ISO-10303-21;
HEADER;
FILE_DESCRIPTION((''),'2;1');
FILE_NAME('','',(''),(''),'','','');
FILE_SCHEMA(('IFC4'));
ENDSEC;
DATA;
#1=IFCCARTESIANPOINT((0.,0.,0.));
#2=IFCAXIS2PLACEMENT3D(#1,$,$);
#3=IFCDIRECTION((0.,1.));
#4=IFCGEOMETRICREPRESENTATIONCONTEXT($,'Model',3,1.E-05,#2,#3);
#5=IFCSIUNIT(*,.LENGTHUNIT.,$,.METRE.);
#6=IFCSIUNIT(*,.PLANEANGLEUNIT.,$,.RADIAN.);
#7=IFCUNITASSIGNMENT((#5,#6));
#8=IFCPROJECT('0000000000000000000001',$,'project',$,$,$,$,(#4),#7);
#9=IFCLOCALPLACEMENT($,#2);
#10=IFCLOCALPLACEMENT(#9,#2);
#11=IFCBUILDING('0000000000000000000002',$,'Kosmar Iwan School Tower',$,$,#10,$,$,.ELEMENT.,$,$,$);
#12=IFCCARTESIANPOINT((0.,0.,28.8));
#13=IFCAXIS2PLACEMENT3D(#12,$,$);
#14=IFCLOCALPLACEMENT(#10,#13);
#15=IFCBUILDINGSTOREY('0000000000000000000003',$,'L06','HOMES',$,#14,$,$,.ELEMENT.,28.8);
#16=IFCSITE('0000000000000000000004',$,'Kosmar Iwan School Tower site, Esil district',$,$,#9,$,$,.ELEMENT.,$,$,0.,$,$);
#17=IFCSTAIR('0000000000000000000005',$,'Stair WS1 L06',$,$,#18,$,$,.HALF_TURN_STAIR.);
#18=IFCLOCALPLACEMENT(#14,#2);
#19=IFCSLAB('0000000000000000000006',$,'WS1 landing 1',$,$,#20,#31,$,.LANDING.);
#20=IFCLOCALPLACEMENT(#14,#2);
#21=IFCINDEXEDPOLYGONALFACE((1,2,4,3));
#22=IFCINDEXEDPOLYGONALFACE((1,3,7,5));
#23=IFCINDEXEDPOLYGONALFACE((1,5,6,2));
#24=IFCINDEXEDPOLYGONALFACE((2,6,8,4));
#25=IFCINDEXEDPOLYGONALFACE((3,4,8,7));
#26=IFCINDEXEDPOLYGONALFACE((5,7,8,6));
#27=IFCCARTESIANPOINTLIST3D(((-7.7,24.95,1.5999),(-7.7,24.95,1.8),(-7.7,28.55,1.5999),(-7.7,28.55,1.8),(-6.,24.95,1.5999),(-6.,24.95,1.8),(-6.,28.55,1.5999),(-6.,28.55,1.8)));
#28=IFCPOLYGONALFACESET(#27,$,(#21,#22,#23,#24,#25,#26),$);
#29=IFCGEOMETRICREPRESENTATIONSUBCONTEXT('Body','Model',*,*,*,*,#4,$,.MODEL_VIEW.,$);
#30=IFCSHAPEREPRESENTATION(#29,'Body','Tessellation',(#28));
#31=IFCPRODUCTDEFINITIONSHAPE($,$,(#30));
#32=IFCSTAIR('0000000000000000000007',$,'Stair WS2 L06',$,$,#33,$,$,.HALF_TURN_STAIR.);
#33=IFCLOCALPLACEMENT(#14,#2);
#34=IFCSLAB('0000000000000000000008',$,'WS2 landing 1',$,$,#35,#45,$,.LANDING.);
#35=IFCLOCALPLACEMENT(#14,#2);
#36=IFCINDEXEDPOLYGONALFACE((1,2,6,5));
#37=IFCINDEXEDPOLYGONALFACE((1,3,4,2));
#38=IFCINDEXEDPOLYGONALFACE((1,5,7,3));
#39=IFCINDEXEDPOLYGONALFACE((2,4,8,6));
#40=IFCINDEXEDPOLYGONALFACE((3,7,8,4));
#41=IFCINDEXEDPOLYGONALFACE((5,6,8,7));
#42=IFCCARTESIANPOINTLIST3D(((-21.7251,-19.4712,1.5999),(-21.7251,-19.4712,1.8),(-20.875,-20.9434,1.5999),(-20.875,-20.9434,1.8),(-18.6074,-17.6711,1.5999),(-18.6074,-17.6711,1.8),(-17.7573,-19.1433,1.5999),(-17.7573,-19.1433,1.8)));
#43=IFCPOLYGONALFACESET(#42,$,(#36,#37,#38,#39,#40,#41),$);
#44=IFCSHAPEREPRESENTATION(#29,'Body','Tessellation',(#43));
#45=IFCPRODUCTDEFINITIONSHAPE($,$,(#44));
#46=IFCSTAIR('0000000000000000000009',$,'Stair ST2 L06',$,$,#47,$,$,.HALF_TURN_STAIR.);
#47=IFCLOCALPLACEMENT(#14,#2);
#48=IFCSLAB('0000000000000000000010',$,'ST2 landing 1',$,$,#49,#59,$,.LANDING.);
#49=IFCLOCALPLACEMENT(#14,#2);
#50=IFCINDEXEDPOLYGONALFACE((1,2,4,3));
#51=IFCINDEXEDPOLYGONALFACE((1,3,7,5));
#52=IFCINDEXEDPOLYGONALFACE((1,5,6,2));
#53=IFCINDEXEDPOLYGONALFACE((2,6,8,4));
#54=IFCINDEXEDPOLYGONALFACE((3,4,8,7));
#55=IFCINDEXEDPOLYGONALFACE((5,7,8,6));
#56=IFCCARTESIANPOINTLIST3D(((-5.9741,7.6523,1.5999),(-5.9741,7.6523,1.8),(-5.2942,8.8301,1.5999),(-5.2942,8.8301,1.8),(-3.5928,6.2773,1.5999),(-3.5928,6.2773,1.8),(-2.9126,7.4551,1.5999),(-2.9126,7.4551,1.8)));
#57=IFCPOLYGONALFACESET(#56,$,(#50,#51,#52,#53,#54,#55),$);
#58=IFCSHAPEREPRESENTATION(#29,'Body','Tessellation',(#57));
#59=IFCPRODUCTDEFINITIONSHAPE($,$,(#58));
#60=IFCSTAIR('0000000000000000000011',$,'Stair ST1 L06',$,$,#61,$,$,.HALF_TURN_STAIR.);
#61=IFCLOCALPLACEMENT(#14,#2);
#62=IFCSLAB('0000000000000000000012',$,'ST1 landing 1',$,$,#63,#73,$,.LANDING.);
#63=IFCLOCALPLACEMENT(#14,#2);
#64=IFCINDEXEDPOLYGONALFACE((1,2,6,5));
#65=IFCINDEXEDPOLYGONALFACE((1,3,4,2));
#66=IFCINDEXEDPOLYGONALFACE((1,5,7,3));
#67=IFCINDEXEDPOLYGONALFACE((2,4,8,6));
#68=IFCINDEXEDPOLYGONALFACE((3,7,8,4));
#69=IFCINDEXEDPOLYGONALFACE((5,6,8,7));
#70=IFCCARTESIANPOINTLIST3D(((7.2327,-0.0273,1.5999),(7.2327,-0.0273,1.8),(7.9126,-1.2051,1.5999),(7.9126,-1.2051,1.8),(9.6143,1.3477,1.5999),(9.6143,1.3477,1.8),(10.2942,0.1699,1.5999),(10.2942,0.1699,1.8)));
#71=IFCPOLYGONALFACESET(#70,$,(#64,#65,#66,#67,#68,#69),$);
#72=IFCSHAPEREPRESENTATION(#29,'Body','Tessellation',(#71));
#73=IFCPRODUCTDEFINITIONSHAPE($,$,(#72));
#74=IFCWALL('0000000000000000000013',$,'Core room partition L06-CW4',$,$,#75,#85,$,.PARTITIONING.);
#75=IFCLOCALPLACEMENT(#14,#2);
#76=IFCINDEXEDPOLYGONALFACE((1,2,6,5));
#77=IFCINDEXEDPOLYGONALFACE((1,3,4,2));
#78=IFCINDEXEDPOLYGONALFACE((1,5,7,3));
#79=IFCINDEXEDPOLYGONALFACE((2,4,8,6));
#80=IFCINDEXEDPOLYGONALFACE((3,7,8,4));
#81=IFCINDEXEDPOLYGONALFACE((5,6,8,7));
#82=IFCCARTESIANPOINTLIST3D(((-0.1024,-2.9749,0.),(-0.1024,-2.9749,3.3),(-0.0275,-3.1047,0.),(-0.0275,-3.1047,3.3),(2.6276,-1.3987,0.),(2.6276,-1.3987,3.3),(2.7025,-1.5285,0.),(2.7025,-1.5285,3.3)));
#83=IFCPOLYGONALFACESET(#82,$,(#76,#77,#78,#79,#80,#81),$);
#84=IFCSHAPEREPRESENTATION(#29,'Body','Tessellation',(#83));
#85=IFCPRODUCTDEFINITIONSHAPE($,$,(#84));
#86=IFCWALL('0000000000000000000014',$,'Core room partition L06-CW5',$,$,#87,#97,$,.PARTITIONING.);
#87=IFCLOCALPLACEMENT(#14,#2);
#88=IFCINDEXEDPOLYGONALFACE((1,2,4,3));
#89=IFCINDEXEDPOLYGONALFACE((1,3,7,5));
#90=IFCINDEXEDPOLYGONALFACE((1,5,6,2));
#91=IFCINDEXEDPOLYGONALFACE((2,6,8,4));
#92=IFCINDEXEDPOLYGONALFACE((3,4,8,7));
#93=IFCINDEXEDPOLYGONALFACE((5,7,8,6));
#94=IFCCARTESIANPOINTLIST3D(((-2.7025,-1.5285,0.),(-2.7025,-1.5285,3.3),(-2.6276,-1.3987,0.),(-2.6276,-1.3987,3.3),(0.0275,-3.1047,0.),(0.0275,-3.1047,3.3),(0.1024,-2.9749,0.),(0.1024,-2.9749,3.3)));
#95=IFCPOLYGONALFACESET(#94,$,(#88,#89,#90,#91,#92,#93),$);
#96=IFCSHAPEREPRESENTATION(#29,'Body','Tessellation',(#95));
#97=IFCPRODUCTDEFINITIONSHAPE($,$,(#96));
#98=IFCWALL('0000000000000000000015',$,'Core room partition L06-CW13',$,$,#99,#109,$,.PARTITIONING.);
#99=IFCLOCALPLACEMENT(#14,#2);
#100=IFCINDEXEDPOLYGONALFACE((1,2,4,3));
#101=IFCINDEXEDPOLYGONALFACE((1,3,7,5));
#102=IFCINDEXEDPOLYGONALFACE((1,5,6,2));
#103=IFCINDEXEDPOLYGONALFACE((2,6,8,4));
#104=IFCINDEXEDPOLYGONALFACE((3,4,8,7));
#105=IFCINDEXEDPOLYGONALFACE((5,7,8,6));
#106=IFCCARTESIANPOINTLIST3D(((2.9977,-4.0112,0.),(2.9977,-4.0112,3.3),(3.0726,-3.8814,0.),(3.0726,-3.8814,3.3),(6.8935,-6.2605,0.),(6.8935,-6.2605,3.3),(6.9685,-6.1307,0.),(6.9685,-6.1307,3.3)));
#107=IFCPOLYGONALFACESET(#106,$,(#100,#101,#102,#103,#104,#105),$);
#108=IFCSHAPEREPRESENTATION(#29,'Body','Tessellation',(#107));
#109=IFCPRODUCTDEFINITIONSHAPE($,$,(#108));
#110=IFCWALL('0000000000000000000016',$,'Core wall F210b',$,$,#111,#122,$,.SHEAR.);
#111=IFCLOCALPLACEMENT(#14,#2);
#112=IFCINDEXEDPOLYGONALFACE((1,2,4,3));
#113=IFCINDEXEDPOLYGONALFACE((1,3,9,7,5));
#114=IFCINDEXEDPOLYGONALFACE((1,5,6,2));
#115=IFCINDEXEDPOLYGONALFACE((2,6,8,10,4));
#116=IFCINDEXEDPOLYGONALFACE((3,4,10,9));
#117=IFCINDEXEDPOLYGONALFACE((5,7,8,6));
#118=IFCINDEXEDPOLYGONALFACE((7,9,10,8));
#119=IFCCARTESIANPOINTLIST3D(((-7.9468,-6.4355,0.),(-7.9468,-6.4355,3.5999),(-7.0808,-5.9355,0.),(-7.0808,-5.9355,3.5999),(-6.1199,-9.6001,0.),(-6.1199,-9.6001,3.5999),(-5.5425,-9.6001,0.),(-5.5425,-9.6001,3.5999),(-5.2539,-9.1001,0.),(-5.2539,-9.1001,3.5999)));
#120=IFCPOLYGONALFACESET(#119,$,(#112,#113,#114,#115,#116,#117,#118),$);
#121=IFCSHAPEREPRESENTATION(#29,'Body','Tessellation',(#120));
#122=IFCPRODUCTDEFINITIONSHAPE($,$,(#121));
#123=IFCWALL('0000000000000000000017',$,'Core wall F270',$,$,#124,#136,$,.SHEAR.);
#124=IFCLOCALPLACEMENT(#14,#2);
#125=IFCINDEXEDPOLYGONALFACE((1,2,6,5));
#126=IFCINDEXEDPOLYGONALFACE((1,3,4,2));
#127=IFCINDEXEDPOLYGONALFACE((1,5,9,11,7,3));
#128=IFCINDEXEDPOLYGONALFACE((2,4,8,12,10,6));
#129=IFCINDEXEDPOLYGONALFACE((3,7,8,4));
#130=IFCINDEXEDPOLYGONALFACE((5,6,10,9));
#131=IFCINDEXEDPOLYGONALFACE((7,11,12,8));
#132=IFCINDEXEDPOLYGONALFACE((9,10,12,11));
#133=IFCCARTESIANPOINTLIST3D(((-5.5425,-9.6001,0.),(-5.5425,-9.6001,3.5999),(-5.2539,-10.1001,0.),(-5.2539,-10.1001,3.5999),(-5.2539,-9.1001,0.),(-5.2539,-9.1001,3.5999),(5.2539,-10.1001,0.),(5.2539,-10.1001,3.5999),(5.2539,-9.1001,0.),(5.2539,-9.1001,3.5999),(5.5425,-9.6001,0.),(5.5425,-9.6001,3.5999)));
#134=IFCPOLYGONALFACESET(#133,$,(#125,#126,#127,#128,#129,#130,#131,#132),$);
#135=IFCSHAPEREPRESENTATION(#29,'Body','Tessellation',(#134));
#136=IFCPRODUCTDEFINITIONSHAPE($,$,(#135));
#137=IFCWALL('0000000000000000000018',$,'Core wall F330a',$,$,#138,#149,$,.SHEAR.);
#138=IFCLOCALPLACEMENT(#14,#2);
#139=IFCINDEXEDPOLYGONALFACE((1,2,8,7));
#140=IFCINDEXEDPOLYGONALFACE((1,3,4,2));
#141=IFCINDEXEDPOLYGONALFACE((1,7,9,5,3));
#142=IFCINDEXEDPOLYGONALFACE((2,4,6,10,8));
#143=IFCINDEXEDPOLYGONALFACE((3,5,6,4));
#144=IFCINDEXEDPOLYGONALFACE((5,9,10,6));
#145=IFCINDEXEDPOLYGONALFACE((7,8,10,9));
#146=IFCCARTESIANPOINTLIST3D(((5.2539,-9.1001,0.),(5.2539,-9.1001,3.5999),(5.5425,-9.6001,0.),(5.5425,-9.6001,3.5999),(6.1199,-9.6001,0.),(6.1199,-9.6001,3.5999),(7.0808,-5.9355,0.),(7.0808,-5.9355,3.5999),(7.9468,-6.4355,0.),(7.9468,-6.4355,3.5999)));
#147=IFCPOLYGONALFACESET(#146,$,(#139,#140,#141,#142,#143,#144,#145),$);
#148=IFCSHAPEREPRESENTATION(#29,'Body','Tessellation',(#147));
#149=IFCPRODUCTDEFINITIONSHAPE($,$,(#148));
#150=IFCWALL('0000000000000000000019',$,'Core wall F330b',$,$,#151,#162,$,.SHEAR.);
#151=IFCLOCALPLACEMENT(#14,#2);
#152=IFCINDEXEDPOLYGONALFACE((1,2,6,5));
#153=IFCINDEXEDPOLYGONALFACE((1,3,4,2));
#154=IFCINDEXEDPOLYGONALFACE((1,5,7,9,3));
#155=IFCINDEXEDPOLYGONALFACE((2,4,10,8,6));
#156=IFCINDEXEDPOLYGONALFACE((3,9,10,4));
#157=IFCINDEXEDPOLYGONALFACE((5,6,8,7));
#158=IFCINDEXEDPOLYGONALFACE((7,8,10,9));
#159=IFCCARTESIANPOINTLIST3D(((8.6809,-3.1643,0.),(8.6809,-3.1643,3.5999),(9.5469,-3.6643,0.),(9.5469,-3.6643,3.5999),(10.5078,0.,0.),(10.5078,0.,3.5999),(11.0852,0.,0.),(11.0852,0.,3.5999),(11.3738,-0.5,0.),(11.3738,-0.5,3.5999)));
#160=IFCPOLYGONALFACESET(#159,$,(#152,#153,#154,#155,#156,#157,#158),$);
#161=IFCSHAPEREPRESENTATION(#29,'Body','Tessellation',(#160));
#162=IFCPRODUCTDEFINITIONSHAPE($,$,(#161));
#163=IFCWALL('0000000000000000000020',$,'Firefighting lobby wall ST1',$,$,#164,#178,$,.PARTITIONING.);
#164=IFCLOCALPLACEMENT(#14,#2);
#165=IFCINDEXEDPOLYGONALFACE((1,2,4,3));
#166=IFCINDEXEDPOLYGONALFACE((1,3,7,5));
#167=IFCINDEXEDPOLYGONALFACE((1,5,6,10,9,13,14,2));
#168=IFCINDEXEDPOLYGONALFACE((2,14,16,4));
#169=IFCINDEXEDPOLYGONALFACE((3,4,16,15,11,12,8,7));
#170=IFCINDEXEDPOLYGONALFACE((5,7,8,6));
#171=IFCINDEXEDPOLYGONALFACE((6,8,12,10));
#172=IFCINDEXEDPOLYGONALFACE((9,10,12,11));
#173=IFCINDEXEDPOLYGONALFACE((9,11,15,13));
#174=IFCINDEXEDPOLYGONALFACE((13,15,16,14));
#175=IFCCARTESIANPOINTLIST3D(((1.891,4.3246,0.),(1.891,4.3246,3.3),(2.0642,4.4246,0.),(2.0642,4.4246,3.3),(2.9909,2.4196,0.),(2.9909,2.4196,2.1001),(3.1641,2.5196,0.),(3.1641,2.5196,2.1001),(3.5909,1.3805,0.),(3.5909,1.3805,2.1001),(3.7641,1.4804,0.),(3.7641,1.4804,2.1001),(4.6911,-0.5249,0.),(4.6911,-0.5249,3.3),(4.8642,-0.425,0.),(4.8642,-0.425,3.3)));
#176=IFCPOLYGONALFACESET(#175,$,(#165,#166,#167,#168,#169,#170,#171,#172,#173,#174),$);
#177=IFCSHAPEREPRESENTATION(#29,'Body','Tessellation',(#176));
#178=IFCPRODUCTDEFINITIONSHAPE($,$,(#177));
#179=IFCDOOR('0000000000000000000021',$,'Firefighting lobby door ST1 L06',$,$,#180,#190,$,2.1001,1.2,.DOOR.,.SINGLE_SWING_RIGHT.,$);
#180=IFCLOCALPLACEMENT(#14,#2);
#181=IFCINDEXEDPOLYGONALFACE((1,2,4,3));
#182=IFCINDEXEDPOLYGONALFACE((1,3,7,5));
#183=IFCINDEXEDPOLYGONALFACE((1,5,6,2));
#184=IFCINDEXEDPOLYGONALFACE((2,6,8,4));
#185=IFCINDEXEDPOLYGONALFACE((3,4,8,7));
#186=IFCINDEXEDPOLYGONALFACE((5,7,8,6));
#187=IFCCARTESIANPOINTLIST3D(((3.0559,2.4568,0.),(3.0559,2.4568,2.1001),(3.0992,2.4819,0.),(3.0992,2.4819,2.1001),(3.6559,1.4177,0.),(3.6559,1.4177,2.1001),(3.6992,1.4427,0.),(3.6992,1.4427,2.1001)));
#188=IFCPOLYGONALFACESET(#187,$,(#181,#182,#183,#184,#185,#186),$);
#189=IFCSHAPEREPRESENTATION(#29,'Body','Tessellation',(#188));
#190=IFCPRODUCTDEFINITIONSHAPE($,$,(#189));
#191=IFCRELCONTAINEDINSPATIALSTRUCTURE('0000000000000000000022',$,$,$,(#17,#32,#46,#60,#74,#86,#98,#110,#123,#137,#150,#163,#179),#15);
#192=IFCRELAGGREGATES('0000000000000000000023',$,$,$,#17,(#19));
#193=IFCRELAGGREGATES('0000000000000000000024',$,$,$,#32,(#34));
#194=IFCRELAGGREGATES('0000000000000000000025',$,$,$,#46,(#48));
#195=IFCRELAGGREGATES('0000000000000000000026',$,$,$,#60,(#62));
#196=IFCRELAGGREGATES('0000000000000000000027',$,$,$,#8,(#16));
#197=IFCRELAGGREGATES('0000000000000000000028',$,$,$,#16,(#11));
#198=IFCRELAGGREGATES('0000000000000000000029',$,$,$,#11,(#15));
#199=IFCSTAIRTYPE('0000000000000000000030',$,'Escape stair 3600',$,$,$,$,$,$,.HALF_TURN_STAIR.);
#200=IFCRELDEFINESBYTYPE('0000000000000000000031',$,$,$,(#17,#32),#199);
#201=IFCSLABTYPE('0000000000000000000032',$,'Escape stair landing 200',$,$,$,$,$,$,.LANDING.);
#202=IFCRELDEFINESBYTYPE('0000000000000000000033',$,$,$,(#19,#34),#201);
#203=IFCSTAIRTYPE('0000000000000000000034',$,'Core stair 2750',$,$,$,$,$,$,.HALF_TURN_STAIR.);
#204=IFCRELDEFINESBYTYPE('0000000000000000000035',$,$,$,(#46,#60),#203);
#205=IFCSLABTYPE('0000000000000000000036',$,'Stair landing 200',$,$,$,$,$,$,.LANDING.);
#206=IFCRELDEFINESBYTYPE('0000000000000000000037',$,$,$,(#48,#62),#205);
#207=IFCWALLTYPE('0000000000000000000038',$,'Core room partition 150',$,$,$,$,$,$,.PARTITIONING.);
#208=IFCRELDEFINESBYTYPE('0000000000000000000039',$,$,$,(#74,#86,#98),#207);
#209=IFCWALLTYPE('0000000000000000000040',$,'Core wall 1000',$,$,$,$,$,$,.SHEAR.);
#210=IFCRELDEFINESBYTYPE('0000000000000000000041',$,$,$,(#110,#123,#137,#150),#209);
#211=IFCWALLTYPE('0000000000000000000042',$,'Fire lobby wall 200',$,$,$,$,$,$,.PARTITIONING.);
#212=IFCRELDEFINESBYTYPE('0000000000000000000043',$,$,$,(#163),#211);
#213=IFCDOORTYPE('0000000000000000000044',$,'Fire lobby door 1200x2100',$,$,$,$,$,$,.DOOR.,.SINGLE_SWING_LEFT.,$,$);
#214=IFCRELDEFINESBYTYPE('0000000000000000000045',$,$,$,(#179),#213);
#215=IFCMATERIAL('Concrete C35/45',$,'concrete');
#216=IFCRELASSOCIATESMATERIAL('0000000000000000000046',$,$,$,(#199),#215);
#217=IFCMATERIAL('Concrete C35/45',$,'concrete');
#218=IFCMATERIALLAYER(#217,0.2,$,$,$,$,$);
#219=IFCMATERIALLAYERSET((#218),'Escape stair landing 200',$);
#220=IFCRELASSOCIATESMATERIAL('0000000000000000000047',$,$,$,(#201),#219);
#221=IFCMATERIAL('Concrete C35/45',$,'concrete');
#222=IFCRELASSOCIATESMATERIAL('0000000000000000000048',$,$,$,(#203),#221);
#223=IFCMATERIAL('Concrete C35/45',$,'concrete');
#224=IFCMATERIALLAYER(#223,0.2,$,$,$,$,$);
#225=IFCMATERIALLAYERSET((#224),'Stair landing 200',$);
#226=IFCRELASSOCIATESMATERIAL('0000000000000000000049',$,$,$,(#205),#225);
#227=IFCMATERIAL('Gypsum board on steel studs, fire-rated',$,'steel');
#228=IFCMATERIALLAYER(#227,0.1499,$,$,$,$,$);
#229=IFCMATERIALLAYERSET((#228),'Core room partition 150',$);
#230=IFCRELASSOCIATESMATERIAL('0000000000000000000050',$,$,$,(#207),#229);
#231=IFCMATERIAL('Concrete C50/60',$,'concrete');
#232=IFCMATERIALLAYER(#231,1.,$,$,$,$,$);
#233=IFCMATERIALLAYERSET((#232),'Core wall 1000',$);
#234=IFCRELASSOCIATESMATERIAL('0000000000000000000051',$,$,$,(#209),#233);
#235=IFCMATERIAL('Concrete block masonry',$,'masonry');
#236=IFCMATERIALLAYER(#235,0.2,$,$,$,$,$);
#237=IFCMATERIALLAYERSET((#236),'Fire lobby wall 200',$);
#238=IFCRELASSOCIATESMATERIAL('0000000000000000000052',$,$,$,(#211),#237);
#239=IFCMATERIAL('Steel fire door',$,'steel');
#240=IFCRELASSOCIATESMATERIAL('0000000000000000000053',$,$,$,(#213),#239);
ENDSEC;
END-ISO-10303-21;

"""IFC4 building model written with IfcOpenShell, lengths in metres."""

from ifc_helpers import new_model, si_unit, direction, frame, frame_2d, origin, place, context, subcontext, project, spatial, polyline, rectangle, outline, extrude, material, layer, layer_set, type_object, element, fill, aggregate, save


model = new_model("IFC4")

# Units and contexts
model_context = context("Model", 3, precision=1e-05, world=origin(), true_north=direction((0.0, 1.0)))
body_context = subcontext(model_context, "Body", "Model", "MODEL_VIEW")
ifc_project = project(units=[si_unit("LENGTHUNIT", "METRE"), si_unit("PLANEANGLEUNIT", "RADIAN")], contexts=[model_context])

# Site, building, storey
site_placement = place(None, origin())
site = spatial("IfcSite", under=ifc_project, at=site_placement, Name="Kosmar Iwan School Tower site, Esil district", CompositionType="ELEMENT", RefElevation=0.0)
building_placement = place(site_placement, origin())
building = spatial("IfcBuilding", under=site, at=building_placement, Name="Kosmar Iwan School Tower", CompositionType="ELEMENT")
storey_placement = place(building_placement, frame((0.0, 0.0, 28.8)))
storey = spatial("IfcBuildingStorey", under=building, at=storey_placement, Name="L06", Description="HOMES", CompositionType="ELEMENT", Elevation=28.8)

# Stairs, slabs
ifc_material_1 = material(Name="Concrete C35/45", Category="concrete")
stair_type_1 = type_object("IfcStairType", Name="Escape stair 3600", PredefinedType="HALF_TURN_STAIR", material=ifc_material_1)
stair_1_placement = place(storey_placement, origin())
stair_1 = element("IfcStair", 1, at=stair_1_placement, inside=storey, type_object=stair_type_1, Name="Stair WS1 L06", PredefinedType="HALF_TURN_STAIR")
ifc_material_2 = material(Name="Concrete C35/45", Category="concrete")
ifc_layer_1 = layer(ifc_material_2, 0.2)
ifc_layer_set_1 = layer_set([ifc_layer_1], Name="Escape stair landing 200")
slab_type_1 = type_object("IfcSlabType", Name="Escape stair landing 200", PredefinedType="LANDING", material=ifc_layer_set_1)
slab_1_placement = place(storey_placement, frame((0.0, 0.0, 1.5999)))
slab_1 = element("IfcSlab", 2, at=slab_1_placement, type_object=slab_type_1, Name="WS1 landing 1", PredefinedType="LANDING", context=body_context, shape_type="SweptSolid", body=[
    extrude(outline(polyline([(-6.0, 24.95), (-6.0, 28.55), (-7.7, 28.55), (-7.7, 24.95), (-6.0, 24.95)])), origin(), (0.0, 0.0, 1.0), 0.2002),
])
aggregate(stair_1, [slab_1])
stair_2_placement = place(storey_placement, origin())
stair_2 = element("IfcStair", 3, at=stair_2_placement, inside=storey, type_object=stair_type_1, Name="Stair WS2 L06", PredefinedType="HALF_TURN_STAIR")
slab_2_placement = place(storey_placement, frame((0.0, 0.0, 1.5999)))
slab_2 = element("IfcSlab", 4, at=slab_2_placement, type_object=slab_type_1, Name="WS2 landing 1", PredefinedType="LANDING", context=body_context, shape_type="SweptSolid", body=[
    extrude(outline(polyline([(-18.6074, -17.6711), (-21.7251, -19.4712), (-20.875, -20.9434), (-17.7573, -19.1433), (-18.6074, -17.6711)])), origin(), (0.0, 0.0, 1.0), 0.2002),
])
aggregate(stair_2, [slab_2])
ifc_material_3 = material(Name="Concrete C35/45", Category="concrete")
stair_type_2 = type_object("IfcStairType", Name="Core stair 2750", PredefinedType="HALF_TURN_STAIR", material=ifc_material_3)
stair_3_placement = place(storey_placement, origin())
stair_3 = element("IfcStair", 5, at=stair_3_placement, inside=storey, type_object=stair_type_2, Name="Stair ST2 L06", PredefinedType="HALF_TURN_STAIR")
ifc_material_4 = material(Name="Concrete C35/45", Category="concrete")
ifc_layer_2 = layer(ifc_material_4, 0.2)
ifc_layer_set_2 = layer_set([ifc_layer_2], Name="Stair landing 200")
slab_type_2 = type_object("IfcSlabType", Name="Stair landing 200", PredefinedType="LANDING", material=ifc_layer_set_2)
slab_3_placement = place(storey_placement, frame((0.0, 0.0, 1.5999)))
slab_3 = element("IfcSlab", 6, at=slab_3_placement, type_object=slab_type_2, Name="ST2 landing 1", PredefinedType="LANDING", context=body_context, shape_type="SweptSolid", body=[
    extrude(outline(polyline([(-2.9126, 7.4551), (-5.2942, 8.8301), (-5.9741, 7.6523), (-3.5928, 6.2773), (-2.9126, 7.4551)])), origin(), (0.0, 0.0, 1.0), 0.2002),
])
aggregate(stair_3, [slab_3])
stair_4_placement = place(storey_placement, origin())
stair_4 = element("IfcStair", 7, at=stair_4_placement, inside=storey, type_object=stair_type_2, Name="Stair ST1 L06", PredefinedType="HALF_TURN_STAIR")
slab_4_placement = place(storey_placement, frame((0.0, 0.0, 1.5999)))
slab_4 = element("IfcSlab", 8, at=slab_4_placement, type_object=slab_type_2, Name="ST1 landing 1", PredefinedType="LANDING", context=body_context, shape_type="SweptSolid", body=[
    extrude(outline(polyline([(7.9126, -1.2051), (10.2942, 0.1699), (9.6143, 1.3477), (7.2327, -0.0273), (7.9126, -1.2051)])), origin(), (0.0, 0.0, 1.0), 0.2002),
])
aggregate(stair_4, [slab_4])

# Walls
ifc_material_5 = material(Name="Gypsum board on steel studs, fire-rated", Category="steel")
ifc_layer_3 = layer(ifc_material_5, 0.1499)
ifc_layer_set_3 = layer_set([ifc_layer_3], Name="Core room partition 150")
wall_type_1 = type_object("IfcWallType", Name="Core room partition 150", PredefinedType="PARTITIONING", material=ifc_layer_set_3)
for number, where, z_axis, x_axis, name in (
    (9, (2.665, -1.4636, 0.0), (0.0, 0.0, 1.0), (-0.866023, -0.500004, 0.0), "Core room partition L06-CW4"),
    (10, (0.0649, -3.0398, 0.0), (0.0, 0.0, 1.0), (-0.866023, 0.500004, 0.0), "Core room partition L06-CW5"),
):
    element("IfcWall", number, at=place(storey_placement, frame(where, z_axis=z_axis, x_axis=x_axis)), inside=storey, type_object=wall_type_1, Name=name, PredefinedType="PARTITIONING", context=body_context, shape_type="SweptSolid", body=[
        extrude(rectangle(XDim=3.1523, YDim=0.1499, at=frame_2d((1.5762, 0.0))), origin(), (0.0, 0.0, 1.0), 3.3),
    ])
wall_1_placement = place(storey_placement, frame((3.0352, -3.9463, 0.0), z_axis=(0.0, 0.0, 1.0), x_axis=(0.86602, -0.500009, 0.0)))
element("IfcWall", 11, at=wall_1_placement, inside=storey, type_object=wall_type_1, Name="Core room partition L06-CW13", PredefinedType="PARTITIONING", context=body_context, shape_type="SweptSolid", body=[
    extrude(rectangle(XDim=4.4985, YDim=0.1499, at=frame_2d((2.2493, 0.0))), origin(), (0.0, 0.0, 1.0), 3.3),
])
ifc_material_6 = material(Name="Concrete C50/60", Category="concrete")
ifc_layer_4 = layer(ifc_material_6, 1.0)
ifc_layer_set_4 = layer_set([ifc_layer_4], Name="Core wall 1000")
wall_type_2 = type_object("IfcWallType", Name="Core wall 1000", PredefinedType="SHEAR", material=ifc_layer_set_4)
wall_2_placement = place(storey_placement, origin())
element("IfcWall", 12, at=wall_2_placement, inside=storey, type_object=wall_type_2, Name="Core wall F210b", PredefinedType="SHEAR", context=body_context, shape_type="SweptSolid", body=[
    extrude(outline(polyline([(-6.1199, -9.6001), (-5.5425, -9.6001), (-5.2539, -9.1001), (-7.0808, -5.9355), (-7.9468, -6.4355), (-6.1199, -9.6001)])), origin(), (0.0, 0.0, 1.0), 3.5999),
])
wall_3_placement = place(storey_placement, origin())
element("IfcWall", 13, at=wall_3_placement, inside=storey, type_object=wall_type_2, Name="Core wall F270", PredefinedType="SHEAR", context=body_context, shape_type="SweptSolid", body=[
    extrude(outline(polyline([(-5.2539, -10.1001), (5.2539, -10.1001), (5.5425, -9.6001), (5.2539, -9.1001), (-5.2539, -9.1001), (-5.5425, -9.6001), (-5.2539, -10.1001)])), origin(), (0.0, 0.0, 1.0), 3.5999),
])
wall_4_placement = place(storey_placement, origin())
element("IfcWall", 14, at=wall_4_placement, inside=storey, type_object=wall_type_2, Name="Core wall F330a", PredefinedType="SHEAR", context=body_context, shape_type="SweptSolid", body=[
    extrude(outline(polyline([(5.5425, -9.6001), (6.1199, -9.6001), (7.9468, -6.4355), (7.0808, -5.9355), (5.2539, -9.1001), (5.5425, -9.6001)])), origin(), (0.0, 0.0, 1.0), 3.5999),
])
wall_5_placement = place(storey_placement, origin())
element("IfcWall", 15, at=wall_5_placement, inside=storey, type_object=wall_type_2, Name="Core wall F330b", PredefinedType="SHEAR", context=body_context, shape_type="SweptSolid", body=[
    extrude(outline(polyline([(9.5469, -3.6643), (11.3738, -0.5), (11.0852, 0.0), (10.5078, 0.0), (8.6809, -3.1643), (9.5469, -3.6643)])), origin(), (0.0, 0.0, 1.0), 3.5999),
])

# Wall, opening, door
ifc_material_7 = material(Name="Concrete block masonry", Category="masonry")
ifc_layer_5 = layer(ifc_material_7, 0.2)
ifc_layer_set_5 = layer_set([ifc_layer_5], Name="Fire lobby wall 200")
wall_type_3 = type_object("IfcWallType", Name="Fire lobby wall 200", PredefinedType="PARTITIONING", material=ifc_layer_set_5)
wall_6_placement = place(storey_placement, frame((4.7776, -0.4749, 0.0), z_axis=(0.0, 0.0, 1.0), x_axis=(-0.500017, 0.866016, 0.0)))
wall_6 = element("IfcWall", 16, at=wall_6_placement, inside=storey, type_object=wall_type_3, Name="Firefighting lobby wall ST1", PredefinedType="PARTITIONING", context=body_context, shape_type="SweptSolid", body=[
    extrude(rectangle(XDim=5.5999, YDim=0.2, at=frame_2d((2.7998, 0.0))), origin(), (0.0, 0.0, 1.0), 3.3),
])
opening_placement = place(wall_6_placement, frame((2.2, 0.0, 0.0)))
opening = element("IfcOpeningElement", 17, at=opening_placement, cuts=wall_6, PredefinedType="OPENING", context=body_context, shape_type="SweptSolid", body=[
    extrude(rectangle(XDim=1.2, YDim=2.1001, at=frame_2d((0.6001, 1.05))), frame((0.0, 0.1121, 0.0), z_axis=(0.0, -1.0, 0.0), x_axis=(1.0, 0.0, 0.0)), (0.0, 0.0, 1.0), 0.2239),
])
ifc_material_8 = material(Name="Steel fire door", Category="steel")
door_type = type_object("IfcDoorType", Name="Fire lobby door 1200x2100", OperationType="SINGLE_SWING_LEFT", PredefinedType="DOOR", material=ifc_material_8)
door_placement = place(opening_placement, frame((1.2, 0.0, 0.0), z_axis=(0.0, 0.0, 1.0), x_axis=(-1.0, 0.0, 0.0)))
door = element("IfcDoor", 18, at=door_placement, inside=storey, type_object=door_type, Name="Firefighting lobby door ST1 L06", OperationType="SINGLE_SWING_RIGHT", OverallHeight=2.1001, OverallWidth=1.2, PredefinedType="DOOR", context=body_context, shape_type="SweptSolid", body=[
    extrude(rectangle(XDim=1.2, YDim=2.1001, at=frame_2d((0.6001, 1.05))), frame((0.0, 0.0249, 0.0), z_axis=(0.0, -1.0, 0.0), x_axis=(1.0, 0.0, 0.0)), (0.0, 0.0, 1.0), 0.05),
])
fill(opening, door)

save(model, "model.ifc")
